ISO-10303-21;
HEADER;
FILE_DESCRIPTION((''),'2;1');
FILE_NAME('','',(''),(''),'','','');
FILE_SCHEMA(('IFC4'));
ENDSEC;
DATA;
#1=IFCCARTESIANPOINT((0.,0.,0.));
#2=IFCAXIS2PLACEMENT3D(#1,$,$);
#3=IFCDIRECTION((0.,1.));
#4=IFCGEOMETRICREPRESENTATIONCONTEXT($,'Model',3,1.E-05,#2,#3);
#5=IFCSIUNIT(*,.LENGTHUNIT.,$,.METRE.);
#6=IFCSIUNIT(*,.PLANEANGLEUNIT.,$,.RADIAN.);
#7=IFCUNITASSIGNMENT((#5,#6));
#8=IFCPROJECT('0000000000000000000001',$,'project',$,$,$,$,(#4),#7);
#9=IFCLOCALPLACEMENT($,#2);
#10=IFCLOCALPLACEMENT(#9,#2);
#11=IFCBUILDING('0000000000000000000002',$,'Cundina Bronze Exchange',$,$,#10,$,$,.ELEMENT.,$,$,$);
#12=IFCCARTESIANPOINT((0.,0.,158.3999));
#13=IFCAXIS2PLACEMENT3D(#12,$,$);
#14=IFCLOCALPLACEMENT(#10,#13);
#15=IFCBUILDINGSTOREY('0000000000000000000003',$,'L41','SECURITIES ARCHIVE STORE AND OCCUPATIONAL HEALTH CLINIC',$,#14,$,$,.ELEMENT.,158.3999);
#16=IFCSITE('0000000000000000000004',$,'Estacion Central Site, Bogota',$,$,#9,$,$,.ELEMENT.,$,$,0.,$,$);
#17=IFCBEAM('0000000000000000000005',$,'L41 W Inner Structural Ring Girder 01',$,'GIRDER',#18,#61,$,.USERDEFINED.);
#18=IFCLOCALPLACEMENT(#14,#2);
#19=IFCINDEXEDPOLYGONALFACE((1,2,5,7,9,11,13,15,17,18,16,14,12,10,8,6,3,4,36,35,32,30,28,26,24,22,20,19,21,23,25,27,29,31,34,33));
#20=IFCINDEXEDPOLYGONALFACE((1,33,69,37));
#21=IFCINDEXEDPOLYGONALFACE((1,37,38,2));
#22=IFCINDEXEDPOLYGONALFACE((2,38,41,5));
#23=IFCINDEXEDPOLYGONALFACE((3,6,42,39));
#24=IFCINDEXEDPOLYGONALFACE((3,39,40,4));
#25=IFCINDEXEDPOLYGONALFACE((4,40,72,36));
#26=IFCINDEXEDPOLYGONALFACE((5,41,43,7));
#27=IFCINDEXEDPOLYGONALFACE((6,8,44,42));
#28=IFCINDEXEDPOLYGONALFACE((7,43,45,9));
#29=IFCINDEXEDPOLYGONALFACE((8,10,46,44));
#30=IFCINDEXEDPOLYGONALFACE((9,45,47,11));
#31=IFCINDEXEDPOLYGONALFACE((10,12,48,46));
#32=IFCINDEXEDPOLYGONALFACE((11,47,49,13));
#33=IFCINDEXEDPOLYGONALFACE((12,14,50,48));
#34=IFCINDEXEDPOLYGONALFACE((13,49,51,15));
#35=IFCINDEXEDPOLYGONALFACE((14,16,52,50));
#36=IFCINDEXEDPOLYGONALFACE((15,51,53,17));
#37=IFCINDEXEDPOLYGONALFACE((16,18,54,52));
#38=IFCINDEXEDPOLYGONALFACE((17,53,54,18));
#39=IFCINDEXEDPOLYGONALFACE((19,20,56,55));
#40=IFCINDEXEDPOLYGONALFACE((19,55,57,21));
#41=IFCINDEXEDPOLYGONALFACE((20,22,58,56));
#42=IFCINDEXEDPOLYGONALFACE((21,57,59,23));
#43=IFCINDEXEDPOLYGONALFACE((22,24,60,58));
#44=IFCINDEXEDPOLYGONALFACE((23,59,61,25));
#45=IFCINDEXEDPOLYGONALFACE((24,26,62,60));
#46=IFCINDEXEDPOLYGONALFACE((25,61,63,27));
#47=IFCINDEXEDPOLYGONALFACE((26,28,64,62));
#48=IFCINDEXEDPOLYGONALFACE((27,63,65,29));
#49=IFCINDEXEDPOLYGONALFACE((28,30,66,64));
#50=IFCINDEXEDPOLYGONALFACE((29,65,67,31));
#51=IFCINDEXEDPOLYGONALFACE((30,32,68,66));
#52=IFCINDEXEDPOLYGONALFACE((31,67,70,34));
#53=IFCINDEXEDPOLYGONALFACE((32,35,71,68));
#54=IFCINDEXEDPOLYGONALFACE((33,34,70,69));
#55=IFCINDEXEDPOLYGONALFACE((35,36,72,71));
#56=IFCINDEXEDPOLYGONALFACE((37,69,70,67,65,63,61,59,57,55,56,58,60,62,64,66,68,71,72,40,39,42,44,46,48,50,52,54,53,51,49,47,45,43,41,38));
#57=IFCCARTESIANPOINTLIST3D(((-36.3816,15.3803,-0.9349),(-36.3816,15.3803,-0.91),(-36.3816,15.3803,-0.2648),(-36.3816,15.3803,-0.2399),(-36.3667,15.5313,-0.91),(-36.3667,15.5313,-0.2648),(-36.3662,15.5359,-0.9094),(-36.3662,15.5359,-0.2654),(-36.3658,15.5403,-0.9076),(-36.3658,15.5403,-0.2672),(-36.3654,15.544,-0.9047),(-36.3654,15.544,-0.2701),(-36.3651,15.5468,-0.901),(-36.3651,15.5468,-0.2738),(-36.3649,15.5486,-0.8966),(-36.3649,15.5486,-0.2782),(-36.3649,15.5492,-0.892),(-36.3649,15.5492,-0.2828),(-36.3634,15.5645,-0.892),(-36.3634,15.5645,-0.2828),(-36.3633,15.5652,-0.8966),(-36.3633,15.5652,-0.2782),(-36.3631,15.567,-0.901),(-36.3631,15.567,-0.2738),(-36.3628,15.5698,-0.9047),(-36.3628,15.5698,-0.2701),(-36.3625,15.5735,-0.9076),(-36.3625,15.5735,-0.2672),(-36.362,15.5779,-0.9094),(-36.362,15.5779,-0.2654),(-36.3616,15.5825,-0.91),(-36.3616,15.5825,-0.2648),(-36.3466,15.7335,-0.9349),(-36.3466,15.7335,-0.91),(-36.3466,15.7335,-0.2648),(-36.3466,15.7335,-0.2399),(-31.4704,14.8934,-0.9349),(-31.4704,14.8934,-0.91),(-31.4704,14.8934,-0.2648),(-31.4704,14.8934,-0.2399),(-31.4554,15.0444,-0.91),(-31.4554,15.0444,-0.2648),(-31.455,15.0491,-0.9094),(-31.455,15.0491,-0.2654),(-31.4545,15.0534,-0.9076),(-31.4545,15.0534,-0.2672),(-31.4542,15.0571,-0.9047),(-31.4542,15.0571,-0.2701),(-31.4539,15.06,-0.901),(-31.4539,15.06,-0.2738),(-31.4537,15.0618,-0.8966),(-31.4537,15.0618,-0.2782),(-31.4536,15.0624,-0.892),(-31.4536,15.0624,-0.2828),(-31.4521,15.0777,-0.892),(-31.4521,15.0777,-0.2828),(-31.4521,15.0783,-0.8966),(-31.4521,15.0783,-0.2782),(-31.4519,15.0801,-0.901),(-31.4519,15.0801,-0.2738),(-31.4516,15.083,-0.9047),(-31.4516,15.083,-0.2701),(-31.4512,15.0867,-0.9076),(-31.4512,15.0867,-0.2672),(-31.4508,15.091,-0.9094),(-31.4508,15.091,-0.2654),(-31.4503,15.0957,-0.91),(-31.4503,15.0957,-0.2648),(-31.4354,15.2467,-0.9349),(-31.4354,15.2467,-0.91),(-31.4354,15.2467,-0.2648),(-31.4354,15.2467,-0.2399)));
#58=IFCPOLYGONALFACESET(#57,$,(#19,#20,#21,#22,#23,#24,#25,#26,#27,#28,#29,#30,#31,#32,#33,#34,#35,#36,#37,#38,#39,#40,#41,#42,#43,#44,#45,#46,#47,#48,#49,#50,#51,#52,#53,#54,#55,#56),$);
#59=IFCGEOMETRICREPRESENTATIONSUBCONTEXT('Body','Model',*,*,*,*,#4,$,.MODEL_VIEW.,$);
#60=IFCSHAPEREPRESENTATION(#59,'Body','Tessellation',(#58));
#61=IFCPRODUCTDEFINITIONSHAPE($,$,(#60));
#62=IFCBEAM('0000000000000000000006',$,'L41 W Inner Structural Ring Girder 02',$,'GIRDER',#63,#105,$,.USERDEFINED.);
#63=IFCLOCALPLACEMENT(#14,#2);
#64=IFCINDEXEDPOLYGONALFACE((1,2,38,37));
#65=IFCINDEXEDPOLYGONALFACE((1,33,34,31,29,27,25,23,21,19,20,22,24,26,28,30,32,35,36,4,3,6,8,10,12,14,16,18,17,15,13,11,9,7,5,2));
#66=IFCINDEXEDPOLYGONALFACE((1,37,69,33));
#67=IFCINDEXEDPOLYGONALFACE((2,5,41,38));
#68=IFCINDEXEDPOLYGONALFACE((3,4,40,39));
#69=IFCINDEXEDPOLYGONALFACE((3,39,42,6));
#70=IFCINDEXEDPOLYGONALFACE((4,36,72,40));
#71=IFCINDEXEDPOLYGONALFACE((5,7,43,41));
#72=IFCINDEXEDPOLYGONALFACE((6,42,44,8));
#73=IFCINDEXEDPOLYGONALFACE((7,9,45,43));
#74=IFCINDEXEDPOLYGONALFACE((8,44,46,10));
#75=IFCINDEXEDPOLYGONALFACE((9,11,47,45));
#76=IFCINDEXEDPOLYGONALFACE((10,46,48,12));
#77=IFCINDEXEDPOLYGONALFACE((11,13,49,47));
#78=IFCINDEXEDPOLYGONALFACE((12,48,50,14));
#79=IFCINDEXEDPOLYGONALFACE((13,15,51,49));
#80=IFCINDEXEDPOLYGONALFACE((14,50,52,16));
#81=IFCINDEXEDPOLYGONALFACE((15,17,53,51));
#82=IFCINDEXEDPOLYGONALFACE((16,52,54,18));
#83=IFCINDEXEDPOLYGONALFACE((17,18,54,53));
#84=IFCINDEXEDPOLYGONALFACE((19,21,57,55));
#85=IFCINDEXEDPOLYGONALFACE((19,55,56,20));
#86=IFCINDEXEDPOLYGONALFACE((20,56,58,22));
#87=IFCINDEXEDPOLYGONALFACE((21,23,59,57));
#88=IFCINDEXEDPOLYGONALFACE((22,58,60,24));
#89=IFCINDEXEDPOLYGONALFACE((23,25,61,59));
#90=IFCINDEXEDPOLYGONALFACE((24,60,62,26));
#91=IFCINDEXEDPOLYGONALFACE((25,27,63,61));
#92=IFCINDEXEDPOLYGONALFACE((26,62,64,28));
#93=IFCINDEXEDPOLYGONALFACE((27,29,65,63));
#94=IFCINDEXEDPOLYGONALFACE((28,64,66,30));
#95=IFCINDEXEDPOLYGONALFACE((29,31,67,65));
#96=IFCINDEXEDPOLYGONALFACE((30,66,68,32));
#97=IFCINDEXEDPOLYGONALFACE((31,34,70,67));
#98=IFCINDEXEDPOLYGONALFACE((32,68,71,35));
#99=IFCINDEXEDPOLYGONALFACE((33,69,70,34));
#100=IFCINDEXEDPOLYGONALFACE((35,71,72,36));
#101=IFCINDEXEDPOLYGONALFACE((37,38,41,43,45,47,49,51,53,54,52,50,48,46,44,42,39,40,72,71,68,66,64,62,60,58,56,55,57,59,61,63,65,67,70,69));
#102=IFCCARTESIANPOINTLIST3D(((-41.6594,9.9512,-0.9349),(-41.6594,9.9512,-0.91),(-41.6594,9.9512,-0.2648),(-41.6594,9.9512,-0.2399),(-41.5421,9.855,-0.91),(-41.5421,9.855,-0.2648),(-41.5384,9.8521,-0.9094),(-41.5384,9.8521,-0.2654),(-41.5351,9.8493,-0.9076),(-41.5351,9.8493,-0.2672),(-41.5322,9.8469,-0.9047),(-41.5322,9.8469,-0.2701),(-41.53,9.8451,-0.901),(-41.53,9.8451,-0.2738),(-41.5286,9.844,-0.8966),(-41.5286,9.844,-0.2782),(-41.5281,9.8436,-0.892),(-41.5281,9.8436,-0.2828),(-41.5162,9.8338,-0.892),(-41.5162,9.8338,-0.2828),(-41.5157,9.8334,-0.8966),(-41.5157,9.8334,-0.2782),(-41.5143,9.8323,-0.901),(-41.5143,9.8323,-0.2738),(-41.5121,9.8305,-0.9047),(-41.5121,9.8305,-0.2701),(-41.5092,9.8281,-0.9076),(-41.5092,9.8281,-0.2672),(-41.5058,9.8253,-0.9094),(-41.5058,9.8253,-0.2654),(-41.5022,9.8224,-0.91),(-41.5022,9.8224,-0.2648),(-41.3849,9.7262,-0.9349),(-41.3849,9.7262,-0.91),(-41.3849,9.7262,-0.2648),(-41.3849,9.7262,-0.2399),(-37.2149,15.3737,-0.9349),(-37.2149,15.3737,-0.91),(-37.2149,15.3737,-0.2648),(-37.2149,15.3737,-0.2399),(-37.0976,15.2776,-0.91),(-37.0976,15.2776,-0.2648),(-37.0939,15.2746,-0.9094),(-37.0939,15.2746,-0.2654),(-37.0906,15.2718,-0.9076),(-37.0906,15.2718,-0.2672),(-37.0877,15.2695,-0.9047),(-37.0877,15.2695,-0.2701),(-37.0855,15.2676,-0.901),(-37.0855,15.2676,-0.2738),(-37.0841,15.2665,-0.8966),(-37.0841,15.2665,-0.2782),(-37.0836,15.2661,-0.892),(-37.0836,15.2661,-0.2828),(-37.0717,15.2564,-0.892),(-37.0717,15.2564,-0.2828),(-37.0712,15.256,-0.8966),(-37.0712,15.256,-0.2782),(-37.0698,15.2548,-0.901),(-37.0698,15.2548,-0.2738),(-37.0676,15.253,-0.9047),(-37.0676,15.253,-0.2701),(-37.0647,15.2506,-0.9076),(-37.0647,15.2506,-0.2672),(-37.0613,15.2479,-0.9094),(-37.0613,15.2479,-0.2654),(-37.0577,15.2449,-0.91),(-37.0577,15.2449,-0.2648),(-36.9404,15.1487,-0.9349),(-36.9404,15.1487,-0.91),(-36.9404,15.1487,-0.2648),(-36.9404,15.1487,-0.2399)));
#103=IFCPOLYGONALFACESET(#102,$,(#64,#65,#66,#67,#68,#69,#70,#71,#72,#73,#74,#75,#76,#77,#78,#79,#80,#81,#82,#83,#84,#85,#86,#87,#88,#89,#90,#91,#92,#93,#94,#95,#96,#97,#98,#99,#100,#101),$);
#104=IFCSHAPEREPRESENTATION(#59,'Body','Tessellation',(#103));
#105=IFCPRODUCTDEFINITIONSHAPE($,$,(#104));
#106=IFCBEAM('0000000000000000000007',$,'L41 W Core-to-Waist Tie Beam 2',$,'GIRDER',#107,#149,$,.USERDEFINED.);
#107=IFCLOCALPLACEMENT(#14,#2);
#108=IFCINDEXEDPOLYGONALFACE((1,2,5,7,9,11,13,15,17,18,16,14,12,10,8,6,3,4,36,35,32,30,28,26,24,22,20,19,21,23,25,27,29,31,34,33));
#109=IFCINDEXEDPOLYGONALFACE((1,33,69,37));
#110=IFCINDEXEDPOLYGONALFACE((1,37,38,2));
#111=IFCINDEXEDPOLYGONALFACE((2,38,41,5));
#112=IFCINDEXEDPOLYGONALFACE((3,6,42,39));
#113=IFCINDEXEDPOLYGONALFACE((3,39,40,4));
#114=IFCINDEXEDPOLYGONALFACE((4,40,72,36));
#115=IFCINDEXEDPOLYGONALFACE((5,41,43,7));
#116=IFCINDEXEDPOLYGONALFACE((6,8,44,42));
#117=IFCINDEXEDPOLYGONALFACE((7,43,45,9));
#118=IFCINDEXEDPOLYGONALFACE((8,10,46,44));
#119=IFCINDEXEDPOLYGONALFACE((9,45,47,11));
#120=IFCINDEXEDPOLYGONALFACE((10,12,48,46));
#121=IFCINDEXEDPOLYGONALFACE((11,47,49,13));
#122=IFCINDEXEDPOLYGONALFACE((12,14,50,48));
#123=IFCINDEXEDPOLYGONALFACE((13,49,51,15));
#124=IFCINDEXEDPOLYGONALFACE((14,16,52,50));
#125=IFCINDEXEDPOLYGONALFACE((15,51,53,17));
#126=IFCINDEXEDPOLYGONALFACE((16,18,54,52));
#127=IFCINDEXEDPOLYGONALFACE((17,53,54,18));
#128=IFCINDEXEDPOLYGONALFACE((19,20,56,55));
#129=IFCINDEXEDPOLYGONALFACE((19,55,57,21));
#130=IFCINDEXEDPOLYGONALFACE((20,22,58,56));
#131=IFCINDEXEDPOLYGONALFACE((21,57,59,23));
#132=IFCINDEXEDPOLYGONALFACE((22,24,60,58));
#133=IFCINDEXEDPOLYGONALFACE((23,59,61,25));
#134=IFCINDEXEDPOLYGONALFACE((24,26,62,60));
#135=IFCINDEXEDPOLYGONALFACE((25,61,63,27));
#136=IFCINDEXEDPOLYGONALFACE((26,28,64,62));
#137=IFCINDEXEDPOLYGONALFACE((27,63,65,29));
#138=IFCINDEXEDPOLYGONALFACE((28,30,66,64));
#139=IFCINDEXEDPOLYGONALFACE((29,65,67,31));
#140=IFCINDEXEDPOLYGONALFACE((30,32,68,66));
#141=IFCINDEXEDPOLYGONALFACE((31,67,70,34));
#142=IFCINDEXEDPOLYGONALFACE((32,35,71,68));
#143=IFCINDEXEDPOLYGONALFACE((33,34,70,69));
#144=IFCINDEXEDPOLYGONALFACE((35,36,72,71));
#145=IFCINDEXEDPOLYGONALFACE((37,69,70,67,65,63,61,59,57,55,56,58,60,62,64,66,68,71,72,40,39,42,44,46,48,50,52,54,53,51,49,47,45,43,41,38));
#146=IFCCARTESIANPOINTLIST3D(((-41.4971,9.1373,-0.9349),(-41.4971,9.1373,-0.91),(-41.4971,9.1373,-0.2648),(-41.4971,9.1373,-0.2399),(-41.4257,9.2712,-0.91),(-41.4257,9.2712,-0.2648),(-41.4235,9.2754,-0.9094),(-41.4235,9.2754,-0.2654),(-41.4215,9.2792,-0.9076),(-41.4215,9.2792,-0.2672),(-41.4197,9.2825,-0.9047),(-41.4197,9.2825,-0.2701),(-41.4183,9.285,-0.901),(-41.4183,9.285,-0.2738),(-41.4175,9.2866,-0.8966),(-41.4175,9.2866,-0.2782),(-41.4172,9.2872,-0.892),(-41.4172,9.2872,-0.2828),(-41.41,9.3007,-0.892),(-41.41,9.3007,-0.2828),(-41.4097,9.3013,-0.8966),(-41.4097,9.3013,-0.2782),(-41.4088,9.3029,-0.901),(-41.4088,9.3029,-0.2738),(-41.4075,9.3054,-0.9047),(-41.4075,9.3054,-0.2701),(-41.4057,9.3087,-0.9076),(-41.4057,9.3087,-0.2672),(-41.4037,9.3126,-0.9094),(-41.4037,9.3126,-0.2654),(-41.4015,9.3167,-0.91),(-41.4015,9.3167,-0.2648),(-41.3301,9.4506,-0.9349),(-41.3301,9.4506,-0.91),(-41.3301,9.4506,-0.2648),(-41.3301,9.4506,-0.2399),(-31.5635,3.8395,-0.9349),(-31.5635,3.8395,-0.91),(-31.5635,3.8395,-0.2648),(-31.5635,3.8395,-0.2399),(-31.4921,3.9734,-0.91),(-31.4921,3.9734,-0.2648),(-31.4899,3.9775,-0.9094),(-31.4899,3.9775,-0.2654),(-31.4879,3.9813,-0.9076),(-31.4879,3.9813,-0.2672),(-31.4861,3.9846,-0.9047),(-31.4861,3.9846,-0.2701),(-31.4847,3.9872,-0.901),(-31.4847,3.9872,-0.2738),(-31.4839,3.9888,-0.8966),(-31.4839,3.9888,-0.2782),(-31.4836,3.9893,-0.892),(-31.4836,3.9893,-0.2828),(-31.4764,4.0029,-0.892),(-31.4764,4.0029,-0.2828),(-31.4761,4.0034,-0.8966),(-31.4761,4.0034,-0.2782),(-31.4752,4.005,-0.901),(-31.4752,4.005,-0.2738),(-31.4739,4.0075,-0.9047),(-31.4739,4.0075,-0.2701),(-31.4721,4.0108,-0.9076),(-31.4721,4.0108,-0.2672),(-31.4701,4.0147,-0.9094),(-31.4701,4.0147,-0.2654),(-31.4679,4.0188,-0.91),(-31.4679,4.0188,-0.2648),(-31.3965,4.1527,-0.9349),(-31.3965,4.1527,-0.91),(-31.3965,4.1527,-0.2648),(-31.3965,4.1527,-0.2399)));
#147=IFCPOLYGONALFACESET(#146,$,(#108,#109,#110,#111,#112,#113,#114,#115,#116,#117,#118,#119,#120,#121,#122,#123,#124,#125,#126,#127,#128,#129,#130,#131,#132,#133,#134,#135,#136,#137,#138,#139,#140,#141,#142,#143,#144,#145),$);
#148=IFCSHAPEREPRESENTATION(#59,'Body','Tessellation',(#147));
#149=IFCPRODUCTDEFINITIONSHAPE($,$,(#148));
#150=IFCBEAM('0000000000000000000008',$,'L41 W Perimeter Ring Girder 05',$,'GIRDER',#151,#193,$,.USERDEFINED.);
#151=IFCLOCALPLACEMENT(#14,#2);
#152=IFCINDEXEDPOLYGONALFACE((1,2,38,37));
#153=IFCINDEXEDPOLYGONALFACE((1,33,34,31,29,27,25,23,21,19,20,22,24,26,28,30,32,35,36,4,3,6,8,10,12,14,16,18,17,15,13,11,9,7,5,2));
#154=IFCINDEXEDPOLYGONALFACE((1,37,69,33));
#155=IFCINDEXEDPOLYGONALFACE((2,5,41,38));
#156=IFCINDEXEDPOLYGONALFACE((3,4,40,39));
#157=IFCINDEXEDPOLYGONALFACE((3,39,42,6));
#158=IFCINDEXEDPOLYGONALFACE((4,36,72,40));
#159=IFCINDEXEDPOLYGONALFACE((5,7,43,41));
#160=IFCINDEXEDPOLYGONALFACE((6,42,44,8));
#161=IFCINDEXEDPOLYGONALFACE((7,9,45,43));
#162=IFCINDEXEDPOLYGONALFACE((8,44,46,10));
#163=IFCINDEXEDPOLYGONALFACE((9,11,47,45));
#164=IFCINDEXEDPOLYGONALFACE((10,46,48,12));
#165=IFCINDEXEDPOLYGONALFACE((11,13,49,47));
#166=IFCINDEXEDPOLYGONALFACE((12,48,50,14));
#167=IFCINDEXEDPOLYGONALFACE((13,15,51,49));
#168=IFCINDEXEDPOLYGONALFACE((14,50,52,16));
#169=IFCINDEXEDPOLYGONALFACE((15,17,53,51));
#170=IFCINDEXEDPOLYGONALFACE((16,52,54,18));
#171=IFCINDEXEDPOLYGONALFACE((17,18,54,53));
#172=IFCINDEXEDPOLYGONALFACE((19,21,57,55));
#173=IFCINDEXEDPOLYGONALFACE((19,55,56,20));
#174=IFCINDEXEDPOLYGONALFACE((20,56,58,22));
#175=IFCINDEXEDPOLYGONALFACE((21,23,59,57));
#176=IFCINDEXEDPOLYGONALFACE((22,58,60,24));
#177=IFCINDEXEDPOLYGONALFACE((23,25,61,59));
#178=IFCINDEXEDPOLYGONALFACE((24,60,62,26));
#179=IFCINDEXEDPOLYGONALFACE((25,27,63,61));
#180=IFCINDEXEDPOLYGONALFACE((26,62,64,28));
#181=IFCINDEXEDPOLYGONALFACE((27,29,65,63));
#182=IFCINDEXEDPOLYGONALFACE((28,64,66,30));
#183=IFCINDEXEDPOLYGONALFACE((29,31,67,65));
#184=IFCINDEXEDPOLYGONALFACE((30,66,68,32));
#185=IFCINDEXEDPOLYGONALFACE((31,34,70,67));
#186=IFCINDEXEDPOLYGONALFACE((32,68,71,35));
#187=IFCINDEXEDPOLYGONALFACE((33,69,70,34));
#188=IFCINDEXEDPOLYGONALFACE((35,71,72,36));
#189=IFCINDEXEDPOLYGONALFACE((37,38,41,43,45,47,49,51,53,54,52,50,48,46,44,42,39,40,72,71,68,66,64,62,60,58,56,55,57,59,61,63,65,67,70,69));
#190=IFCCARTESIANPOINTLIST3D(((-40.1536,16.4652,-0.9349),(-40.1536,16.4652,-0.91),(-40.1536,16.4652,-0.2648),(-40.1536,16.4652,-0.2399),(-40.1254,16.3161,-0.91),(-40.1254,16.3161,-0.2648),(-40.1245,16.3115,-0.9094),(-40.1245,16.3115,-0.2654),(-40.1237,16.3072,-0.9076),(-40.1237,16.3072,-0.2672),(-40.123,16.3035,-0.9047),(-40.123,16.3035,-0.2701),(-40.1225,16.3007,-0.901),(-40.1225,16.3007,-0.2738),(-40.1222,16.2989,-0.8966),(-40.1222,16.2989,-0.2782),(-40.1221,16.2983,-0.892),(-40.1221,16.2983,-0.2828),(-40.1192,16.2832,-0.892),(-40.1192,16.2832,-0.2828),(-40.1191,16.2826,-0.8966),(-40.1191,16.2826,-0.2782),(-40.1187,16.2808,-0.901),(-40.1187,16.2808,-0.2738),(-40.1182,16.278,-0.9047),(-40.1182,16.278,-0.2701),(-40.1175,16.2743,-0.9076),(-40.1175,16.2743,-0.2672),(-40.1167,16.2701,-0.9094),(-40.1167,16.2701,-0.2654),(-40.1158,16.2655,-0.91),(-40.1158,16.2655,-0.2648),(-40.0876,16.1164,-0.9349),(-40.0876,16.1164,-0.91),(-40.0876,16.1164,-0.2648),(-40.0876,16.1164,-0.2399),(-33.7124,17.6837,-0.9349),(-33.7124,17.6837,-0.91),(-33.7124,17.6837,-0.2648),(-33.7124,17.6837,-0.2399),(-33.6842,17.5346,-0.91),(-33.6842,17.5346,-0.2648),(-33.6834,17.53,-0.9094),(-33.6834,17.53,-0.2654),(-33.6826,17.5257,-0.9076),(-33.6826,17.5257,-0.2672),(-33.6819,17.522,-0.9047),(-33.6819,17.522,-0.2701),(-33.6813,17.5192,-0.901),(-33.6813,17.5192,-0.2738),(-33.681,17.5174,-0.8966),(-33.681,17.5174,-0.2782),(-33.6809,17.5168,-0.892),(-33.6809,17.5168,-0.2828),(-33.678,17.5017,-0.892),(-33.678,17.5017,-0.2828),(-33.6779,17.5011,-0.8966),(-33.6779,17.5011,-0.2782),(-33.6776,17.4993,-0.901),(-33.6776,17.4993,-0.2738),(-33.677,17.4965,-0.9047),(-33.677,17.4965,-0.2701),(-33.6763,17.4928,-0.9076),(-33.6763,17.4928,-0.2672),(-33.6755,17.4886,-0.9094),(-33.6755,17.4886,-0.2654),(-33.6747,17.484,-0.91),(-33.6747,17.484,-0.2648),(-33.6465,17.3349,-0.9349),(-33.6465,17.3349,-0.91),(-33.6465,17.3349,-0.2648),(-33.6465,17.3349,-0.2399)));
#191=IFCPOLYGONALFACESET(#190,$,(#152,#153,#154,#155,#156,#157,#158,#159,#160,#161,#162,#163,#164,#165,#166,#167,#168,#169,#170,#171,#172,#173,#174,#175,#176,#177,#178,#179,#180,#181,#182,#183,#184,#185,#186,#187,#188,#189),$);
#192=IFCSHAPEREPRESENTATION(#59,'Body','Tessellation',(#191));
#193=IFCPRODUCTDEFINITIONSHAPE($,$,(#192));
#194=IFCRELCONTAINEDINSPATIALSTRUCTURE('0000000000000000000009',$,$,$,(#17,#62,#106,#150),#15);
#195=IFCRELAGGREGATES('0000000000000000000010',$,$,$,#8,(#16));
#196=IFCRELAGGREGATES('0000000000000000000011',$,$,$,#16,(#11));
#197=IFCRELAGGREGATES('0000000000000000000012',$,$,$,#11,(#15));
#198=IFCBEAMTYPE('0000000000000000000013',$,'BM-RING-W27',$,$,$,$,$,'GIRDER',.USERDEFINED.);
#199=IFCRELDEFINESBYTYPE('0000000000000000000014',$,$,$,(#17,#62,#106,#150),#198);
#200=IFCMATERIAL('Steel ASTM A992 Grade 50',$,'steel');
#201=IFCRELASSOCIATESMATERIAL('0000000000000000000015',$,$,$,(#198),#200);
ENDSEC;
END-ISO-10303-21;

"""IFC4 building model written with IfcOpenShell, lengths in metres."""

from ifc_helpers import new_model, si_unit, direction, frame, origin, origin_2d, place, context, subcontext, project, spatial, i_section, extrude, material, material_profile, profile_set, type_object, element, save


model = new_model("IFC4")

# Units and contexts
model_context = context("Model", 3, precision=1e-05, world=origin(), true_north=direction((0.0, 1.0)))
body_context = subcontext(model_context, "Body", "Model", "MODEL_VIEW")
ifc_project = project(units=[si_unit("LENGTHUNIT", "METRE"), si_unit("PLANEANGLEUNIT", "RADIAN")], contexts=[model_context])

# Site, building, storey
site_placement = place(None, origin())
site = spatial("IfcSite", under=ifc_project, at=site_placement, Name="Estacion Central Site, Bogota", CompositionType="ELEMENT", RefElevation=0.0)
building_placement = place(site_placement, origin())
building = spatial("IfcBuilding", under=site, at=building_placement, Name="Cundina Bronze Exchange", CompositionType="ELEMENT")
storey_placement = place(building_placement, frame((0.0, 0.0, 158.3999)))
storey = spatial("IfcBuildingStorey", under=building, at=storey_placement, Name="L41", Description="SECURITIES ARCHIVE STORE AND OCCUPATIONAL HEALTH CLINIC", CompositionType="ELEMENT", Elevation=158.3999)

# Shared definitions
ifc_material_1 = material(Name="Steel ASTM A992 Grade 50", Category="steel")

# Beams
ifc_material_profile_1 = material_profile(ifc_material_1, i_section(OverallWidth=0.355, OverallDepth=0.6951, WebThickness=0.0154, FlangeThickness=0.0249, FilletRadius=0.0181, at=origin_2d()), Name="W27X146", Category="steel")
ifc_profile_set_1 = profile_set([ifc_material_profile_1], Name="Steel ASTM A992 Grade 50")
beam_type_1 = type_object("IfcBeamType", Name="BM-RING-W27", ElementType="GIRDER", PredefinedType="USERDEFINED", material=ifc_profile_set_1)
beam_1_placement = place(storey_placement, frame((-31.4529, 15.0701, -0.5874), z_axis=(-0.995123, 0.098642, 0.0), x_axis=(-0.098642, -0.995123, 0.0)))
element("IfcBeam", 1, at=beam_1_placement, inside=storey, type_object=beam_type_1, Name="L41 W Inner Structural Ring Girder 01", ObjectType="GIRDER", PredefinedType="USERDEFINED", context=body_context, shape_type="SweptSolid", body=[
    extrude(i_section(OverallWidth=0.355, OverallDepth=0.6951, WebThickness=0.0154, FlangeThickness=0.0249, FilletRadius=0.0181, at=origin_2d()), origin(), (0.0, 0.0, 1.0), 4.9353),
])
beam_2_placement = place(storey_placement, frame((-37.0776, 15.2612, -0.5874), z_axis=(-0.633913, -0.773405, 0.0), x_axis=(0.773405, -0.633913, 0.0)))
element("IfcBeam", 2, at=beam_2_placement, inside=storey, type_object=beam_type_1, Name="L41 W Inner Structural Ring Girder 02", ObjectType="GIRDER", PredefinedType="USERDEFINED", context=body_context, shape_type="SweptSolid", body=[
    extrude(i_section(OverallWidth=0.355, OverallDepth=0.6951, WebThickness=0.0154, FlangeThickness=0.0249, FilletRadius=0.0181, at=origin_2d()), origin(), (0.0, 0.0, 1.0), 7.0112),
])
beam_3_placement = place(storey_placement, frame((-31.48, 3.9961, -0.5874), z_axis=(-0.882355, 0.470584, 0.0), x_axis=(-0.470584, -0.882355, 0.0)))
element("IfcBeam", 3, at=beam_3_placement, inside=storey, type_object=beam_type_1, Name="L41 W Core-to-Waist Tie Beam 2", ObjectType="GIRDER", PredefinedType="USERDEFINED", context=body_context, shape_type="SweptSolid", body=[
    extrude(i_section(OverallWidth=0.355, OverallDepth=0.6951, WebThickness=0.0154, FlangeThickness=0.0249, FilletRadius=0.0181, at=origin_2d()), origin(), (0.0, 0.0, 1.0), 11.2581),
])
beam_4_placement = place(storey_placement, frame((-33.6794, 17.5093, -0.5874), z_axis=(-0.982573, -0.185878, 0.0), x_axis=(0.185878, -0.982573, 0.0)))
element("IfcBeam", 4, at=beam_4_placement, inside=storey, type_object=beam_type_1, Name="L41 W Perimeter Ring Girder 05", ObjectType="GIRDER", PredefinedType="USERDEFINED", context=body_context, shape_type="SweptSolid", body=[
    extrude(i_section(OverallWidth=0.355, OverallDepth=0.6951, WebThickness=0.0154, FlangeThickness=0.0249, FilletRadius=0.0181, at=origin_2d()), origin(), (0.0, 0.0, 1.0), 6.5554),
])

save(model, "model.ifc")
